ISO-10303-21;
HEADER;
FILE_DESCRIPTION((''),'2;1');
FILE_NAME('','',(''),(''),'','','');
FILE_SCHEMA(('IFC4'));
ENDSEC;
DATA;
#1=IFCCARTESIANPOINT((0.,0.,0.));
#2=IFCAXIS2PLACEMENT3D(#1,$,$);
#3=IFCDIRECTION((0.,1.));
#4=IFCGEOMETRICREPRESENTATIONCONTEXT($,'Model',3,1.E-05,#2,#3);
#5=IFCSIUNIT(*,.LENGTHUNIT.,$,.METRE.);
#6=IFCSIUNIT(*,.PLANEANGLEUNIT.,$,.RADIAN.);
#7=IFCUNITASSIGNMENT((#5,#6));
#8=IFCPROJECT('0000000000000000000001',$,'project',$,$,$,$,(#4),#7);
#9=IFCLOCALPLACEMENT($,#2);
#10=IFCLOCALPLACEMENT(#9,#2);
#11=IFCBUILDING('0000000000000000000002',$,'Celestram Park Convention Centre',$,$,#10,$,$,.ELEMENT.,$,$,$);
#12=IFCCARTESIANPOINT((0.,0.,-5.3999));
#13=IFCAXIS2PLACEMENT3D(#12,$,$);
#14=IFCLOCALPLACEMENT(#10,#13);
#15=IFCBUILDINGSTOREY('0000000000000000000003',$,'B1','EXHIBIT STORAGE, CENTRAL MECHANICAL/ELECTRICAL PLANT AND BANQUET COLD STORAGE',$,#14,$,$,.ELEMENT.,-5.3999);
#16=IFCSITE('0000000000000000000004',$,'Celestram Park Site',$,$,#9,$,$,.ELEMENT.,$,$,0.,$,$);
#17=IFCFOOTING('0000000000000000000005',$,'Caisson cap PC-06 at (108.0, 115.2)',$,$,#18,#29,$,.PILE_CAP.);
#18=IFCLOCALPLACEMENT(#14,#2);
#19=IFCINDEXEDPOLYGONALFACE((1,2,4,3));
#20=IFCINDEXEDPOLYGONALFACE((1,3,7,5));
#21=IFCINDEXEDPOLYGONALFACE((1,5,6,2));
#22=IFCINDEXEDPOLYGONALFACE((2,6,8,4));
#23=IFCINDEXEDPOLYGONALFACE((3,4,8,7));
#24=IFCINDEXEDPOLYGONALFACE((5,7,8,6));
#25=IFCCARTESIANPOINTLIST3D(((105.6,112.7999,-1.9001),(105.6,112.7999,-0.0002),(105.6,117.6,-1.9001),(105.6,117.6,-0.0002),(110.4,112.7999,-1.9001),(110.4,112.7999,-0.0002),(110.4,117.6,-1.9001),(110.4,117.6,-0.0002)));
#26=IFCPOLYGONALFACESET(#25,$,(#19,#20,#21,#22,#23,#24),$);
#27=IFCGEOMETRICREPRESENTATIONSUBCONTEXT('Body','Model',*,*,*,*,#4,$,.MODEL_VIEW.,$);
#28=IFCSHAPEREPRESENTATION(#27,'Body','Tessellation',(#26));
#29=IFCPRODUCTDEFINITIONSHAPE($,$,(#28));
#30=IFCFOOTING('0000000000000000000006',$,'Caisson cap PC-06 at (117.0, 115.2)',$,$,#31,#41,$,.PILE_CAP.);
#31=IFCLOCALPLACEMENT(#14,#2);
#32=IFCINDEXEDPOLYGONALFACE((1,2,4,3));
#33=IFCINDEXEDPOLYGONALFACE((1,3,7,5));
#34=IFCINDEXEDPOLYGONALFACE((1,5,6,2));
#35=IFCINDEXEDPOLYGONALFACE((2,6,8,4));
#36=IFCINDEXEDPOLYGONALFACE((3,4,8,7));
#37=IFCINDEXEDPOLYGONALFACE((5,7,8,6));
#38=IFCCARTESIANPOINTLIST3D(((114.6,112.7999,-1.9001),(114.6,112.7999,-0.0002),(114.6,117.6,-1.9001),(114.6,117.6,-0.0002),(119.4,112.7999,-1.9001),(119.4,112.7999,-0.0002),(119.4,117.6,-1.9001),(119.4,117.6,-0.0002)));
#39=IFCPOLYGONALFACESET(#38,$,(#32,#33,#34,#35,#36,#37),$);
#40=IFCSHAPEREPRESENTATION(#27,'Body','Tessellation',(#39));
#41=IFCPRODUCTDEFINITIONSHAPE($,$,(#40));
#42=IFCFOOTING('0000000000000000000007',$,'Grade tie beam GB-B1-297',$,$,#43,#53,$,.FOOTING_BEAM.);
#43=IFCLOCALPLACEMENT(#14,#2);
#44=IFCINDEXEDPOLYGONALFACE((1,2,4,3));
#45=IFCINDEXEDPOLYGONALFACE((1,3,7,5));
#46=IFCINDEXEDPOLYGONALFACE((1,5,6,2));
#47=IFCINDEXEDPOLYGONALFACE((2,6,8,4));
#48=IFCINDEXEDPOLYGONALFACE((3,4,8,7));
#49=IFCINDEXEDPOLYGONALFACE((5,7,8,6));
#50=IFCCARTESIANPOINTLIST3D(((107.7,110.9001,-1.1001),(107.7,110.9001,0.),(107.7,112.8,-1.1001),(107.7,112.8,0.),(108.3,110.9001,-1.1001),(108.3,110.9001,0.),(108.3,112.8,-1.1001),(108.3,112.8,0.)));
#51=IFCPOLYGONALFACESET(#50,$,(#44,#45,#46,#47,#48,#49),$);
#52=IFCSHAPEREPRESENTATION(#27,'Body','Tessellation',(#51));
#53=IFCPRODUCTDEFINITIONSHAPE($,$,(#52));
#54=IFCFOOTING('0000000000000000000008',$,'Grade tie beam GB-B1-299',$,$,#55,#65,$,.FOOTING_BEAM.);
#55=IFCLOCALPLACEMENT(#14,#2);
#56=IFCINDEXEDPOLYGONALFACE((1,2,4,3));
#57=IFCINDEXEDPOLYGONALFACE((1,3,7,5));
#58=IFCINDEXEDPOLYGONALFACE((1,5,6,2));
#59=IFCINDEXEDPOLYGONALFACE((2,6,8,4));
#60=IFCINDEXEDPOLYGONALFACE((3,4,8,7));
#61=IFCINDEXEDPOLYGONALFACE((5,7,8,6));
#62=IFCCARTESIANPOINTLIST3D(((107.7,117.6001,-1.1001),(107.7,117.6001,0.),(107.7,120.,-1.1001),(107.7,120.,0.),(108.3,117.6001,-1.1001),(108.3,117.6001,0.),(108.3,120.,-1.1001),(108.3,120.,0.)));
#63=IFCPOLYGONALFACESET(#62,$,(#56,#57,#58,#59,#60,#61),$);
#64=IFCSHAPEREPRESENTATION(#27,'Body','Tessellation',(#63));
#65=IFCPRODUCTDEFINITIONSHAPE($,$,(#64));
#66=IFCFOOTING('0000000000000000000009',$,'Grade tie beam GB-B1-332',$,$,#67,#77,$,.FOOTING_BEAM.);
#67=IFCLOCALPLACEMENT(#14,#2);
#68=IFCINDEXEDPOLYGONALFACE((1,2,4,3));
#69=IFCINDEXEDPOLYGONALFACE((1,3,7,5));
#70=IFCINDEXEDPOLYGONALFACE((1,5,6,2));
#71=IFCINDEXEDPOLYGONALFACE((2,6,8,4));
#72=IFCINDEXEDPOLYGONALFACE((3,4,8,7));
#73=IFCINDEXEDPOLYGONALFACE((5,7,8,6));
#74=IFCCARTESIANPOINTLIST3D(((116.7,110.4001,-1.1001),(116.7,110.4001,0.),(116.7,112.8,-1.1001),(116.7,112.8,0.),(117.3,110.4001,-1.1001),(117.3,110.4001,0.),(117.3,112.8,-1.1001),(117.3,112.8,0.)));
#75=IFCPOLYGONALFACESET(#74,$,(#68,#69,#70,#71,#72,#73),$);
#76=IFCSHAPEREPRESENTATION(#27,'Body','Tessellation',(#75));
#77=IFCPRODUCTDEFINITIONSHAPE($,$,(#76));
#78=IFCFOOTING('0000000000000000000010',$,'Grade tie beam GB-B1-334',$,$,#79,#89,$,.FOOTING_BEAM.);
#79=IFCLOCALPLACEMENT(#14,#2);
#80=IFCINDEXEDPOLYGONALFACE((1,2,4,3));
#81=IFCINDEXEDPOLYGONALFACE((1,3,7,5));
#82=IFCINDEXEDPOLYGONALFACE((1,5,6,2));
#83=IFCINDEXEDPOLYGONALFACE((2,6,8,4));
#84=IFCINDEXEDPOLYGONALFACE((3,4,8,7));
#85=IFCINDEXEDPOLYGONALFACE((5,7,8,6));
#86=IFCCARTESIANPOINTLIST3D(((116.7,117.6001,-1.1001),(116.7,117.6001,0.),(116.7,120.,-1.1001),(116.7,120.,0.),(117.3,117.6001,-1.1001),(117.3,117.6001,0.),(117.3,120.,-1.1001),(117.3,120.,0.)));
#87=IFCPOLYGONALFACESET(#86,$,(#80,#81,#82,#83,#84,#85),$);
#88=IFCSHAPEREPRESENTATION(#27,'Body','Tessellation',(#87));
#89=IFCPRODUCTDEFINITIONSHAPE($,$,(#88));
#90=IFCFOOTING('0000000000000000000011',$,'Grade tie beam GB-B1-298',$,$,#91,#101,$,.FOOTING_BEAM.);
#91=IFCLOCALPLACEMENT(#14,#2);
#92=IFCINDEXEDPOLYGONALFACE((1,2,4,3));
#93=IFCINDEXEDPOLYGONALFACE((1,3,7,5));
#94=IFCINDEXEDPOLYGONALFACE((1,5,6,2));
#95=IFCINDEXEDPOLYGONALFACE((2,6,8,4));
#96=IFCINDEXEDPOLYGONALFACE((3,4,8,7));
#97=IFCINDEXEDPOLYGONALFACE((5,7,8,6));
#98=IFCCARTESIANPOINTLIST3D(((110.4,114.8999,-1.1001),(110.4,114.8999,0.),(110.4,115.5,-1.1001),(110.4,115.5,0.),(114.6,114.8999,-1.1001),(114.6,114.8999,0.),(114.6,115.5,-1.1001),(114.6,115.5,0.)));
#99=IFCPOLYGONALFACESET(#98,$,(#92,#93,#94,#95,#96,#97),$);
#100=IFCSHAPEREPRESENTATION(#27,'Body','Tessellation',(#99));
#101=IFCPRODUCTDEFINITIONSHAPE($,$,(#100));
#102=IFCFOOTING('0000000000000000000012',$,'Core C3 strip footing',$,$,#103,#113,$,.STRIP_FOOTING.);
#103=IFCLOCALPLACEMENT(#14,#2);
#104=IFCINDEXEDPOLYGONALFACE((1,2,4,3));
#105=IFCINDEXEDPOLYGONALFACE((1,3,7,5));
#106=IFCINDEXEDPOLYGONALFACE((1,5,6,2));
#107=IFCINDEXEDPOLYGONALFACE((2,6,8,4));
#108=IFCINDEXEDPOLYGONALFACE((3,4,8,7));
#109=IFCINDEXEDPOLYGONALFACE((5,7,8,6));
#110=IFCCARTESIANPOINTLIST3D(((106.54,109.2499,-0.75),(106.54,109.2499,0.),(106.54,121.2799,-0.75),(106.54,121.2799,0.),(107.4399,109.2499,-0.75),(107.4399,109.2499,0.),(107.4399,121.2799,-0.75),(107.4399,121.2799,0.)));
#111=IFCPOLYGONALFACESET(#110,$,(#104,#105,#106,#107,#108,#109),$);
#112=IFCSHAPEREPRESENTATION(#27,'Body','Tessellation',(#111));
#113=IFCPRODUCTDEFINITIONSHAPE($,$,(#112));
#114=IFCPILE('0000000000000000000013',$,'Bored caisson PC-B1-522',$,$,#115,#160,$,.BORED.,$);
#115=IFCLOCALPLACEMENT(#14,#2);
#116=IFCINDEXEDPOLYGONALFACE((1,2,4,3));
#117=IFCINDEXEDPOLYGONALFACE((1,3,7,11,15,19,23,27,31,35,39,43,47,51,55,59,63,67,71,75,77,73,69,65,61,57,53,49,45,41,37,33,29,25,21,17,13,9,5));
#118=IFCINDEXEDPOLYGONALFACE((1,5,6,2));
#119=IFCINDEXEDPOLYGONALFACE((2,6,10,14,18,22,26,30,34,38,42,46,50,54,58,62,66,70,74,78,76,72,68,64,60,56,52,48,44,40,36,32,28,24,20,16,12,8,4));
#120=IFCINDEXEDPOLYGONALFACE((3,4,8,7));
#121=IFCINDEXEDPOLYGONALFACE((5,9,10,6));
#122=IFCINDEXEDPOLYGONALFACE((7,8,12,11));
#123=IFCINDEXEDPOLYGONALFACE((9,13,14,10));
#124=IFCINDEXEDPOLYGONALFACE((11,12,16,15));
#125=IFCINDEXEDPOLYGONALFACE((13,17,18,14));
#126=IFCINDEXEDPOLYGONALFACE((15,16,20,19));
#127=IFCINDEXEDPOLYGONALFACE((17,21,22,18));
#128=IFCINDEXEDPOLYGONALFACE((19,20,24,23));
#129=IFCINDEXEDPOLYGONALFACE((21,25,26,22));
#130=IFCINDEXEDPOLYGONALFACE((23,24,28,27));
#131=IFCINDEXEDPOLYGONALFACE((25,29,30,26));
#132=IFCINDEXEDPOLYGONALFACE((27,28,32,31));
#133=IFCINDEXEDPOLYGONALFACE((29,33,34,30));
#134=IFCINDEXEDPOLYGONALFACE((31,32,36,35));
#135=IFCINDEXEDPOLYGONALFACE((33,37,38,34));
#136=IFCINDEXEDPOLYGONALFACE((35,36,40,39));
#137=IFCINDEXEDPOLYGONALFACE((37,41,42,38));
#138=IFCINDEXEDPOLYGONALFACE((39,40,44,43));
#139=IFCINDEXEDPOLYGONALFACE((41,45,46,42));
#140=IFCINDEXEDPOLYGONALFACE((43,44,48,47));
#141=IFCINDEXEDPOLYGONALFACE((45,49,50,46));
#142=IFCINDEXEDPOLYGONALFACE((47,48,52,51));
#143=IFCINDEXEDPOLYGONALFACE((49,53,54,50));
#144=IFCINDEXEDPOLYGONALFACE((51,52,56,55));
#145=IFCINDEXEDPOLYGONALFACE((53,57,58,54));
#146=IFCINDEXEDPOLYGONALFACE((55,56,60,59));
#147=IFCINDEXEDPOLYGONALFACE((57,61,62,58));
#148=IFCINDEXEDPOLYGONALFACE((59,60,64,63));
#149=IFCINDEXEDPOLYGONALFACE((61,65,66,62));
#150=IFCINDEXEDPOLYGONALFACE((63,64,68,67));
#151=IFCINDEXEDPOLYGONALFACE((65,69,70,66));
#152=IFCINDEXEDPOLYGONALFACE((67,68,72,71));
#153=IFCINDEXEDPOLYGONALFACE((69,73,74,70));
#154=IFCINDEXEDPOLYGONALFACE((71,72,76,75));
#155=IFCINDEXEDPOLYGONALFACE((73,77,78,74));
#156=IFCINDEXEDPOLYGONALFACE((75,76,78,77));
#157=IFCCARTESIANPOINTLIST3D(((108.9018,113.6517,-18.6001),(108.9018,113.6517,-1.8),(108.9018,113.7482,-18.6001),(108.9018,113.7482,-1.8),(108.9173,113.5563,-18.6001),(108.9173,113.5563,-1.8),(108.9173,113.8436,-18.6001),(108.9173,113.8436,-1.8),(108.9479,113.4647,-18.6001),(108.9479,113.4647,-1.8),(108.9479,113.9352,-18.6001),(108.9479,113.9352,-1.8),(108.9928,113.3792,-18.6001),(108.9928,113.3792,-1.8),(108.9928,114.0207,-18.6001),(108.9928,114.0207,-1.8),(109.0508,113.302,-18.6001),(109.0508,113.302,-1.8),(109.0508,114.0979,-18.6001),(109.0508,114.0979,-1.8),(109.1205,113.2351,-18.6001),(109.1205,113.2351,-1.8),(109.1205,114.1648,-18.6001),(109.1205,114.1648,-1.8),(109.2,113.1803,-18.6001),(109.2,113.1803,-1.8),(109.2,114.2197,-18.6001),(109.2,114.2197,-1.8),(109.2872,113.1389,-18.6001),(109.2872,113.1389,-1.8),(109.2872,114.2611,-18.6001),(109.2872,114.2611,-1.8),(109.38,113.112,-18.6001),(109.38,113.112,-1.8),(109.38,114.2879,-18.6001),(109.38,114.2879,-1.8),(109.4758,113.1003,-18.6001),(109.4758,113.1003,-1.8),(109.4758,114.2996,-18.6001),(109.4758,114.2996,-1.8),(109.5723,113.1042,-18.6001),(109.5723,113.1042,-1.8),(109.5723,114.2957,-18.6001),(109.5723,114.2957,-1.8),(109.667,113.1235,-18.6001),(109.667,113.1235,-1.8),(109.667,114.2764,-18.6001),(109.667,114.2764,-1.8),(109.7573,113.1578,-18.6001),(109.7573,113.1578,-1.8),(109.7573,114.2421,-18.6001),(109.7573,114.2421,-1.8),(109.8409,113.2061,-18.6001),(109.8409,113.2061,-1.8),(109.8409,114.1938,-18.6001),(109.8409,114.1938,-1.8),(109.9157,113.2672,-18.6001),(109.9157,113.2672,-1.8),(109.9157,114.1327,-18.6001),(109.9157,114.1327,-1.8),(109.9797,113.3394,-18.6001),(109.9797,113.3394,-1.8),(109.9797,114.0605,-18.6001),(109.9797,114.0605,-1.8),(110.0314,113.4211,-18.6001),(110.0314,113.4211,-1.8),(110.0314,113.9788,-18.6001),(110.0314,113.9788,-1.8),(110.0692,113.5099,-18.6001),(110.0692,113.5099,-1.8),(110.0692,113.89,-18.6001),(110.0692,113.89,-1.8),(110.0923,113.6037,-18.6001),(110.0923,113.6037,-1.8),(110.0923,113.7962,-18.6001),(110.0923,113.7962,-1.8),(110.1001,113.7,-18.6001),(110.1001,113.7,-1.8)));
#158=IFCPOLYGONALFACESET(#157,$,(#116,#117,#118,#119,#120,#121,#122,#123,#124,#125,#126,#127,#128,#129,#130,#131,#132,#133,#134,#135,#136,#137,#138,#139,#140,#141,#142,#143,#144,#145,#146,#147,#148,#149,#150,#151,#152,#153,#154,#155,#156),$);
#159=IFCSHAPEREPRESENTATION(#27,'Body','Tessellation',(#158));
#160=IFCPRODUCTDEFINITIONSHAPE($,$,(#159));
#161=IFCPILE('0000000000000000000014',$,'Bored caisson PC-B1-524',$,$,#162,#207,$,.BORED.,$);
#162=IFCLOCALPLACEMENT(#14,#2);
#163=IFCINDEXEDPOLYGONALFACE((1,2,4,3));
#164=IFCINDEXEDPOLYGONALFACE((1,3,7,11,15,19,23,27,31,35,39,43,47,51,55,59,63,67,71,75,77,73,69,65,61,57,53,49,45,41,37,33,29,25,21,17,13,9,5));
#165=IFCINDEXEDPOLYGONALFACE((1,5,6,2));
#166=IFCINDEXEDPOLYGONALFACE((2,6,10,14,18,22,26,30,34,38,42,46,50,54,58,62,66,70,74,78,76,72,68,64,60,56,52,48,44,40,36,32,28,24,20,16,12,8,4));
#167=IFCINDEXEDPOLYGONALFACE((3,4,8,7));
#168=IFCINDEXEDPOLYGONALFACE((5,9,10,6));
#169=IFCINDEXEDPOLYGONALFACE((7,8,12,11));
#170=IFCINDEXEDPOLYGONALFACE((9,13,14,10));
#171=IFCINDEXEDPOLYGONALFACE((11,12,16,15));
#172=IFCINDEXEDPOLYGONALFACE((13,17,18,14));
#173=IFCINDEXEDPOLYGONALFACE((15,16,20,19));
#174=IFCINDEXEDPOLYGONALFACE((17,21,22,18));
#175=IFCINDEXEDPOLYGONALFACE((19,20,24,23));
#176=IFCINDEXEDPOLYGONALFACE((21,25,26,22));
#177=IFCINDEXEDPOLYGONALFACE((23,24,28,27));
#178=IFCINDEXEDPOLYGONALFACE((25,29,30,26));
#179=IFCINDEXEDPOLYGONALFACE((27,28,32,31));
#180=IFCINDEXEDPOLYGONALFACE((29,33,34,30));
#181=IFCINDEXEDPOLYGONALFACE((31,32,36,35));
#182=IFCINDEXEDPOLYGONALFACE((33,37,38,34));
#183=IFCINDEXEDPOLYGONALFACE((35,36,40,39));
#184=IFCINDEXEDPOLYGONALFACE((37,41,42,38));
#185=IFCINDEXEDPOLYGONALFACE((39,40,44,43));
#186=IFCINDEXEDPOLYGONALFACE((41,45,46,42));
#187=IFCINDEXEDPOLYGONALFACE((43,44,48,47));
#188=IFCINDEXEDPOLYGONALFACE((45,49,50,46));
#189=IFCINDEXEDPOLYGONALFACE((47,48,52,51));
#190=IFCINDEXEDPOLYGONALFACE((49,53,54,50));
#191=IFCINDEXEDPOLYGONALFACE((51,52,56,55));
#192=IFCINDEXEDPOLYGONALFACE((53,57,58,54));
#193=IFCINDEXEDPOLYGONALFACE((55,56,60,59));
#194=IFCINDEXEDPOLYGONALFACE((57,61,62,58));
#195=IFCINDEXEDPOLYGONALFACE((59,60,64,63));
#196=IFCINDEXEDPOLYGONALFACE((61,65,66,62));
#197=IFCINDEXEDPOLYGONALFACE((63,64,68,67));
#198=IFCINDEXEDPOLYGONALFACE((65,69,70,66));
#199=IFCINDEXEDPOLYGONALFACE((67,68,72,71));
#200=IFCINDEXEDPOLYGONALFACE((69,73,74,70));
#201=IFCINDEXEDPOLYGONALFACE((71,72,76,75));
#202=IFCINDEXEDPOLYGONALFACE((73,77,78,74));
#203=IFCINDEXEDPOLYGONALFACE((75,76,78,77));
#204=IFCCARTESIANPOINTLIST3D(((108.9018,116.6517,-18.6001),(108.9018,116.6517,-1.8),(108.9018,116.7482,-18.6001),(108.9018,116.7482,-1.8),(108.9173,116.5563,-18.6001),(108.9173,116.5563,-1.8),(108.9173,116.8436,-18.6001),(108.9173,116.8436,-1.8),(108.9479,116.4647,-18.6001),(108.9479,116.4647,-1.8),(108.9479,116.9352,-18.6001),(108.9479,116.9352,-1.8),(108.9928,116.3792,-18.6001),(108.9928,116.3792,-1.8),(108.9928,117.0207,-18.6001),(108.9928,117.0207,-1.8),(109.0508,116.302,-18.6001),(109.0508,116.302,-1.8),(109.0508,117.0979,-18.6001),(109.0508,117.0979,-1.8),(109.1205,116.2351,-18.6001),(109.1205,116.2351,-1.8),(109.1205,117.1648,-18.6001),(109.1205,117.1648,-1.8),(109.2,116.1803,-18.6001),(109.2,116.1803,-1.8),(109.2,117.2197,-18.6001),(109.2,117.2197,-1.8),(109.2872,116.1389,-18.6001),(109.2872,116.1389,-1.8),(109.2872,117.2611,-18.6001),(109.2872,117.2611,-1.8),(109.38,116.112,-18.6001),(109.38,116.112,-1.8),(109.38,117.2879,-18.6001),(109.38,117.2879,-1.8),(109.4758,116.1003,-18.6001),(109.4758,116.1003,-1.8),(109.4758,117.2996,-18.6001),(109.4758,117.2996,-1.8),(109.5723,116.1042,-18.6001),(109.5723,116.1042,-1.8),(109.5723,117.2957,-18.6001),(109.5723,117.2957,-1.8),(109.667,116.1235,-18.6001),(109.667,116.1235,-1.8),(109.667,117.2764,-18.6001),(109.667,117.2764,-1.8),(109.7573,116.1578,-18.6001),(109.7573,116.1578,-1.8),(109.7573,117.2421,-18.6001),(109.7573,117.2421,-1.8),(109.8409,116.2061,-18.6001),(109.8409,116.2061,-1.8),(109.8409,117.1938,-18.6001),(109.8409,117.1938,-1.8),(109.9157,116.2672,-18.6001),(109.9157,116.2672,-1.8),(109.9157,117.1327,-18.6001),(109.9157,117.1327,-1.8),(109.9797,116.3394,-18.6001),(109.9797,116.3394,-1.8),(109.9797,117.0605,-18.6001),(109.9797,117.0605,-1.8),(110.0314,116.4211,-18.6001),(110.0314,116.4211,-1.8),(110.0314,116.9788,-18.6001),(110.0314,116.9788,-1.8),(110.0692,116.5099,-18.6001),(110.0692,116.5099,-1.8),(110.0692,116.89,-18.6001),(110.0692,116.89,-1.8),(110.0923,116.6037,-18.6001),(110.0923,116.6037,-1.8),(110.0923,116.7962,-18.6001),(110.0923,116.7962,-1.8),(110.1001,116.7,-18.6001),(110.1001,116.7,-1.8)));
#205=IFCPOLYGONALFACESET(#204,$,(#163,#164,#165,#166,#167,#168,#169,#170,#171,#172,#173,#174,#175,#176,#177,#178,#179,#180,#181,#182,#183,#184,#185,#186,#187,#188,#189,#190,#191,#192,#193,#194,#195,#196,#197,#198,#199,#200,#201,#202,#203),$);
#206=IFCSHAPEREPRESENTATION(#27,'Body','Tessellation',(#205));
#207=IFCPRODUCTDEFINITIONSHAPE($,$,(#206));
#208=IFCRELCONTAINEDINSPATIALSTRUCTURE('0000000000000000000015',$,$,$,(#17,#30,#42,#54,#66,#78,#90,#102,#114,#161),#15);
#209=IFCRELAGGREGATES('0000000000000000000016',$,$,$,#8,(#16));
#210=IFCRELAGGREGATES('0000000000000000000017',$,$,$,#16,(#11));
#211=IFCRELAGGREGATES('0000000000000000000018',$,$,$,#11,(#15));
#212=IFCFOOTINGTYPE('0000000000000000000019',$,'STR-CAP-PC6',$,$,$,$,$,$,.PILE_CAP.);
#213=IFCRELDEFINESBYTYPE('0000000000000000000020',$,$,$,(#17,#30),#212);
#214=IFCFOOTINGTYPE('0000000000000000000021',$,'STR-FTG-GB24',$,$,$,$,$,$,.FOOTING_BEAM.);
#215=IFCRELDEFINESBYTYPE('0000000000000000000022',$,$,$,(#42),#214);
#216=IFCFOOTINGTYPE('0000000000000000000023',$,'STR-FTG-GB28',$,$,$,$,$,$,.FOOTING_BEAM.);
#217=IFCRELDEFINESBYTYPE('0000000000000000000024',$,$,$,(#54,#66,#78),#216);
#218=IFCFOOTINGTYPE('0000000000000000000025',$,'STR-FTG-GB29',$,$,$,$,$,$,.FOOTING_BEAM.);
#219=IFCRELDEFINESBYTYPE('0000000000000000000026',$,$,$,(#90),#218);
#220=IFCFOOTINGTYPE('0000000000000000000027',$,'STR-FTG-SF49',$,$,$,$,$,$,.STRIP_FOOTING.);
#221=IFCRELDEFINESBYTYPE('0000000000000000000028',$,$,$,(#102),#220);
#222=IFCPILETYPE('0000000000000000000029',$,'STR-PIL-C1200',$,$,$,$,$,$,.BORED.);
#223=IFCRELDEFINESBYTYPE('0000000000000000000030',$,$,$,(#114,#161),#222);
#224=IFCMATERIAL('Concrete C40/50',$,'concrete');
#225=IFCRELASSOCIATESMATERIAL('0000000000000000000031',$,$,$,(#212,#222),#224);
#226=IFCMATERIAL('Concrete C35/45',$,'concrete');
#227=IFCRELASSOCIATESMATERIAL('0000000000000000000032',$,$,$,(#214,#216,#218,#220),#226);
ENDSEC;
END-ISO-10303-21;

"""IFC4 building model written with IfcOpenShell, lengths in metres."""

from ifc_helpers import new_model, si_unit, direction, frame, origin, origin_2d, place, context, subcontext, project, spatial, rectangle, circle, extrude, material, material_profile, profile_set, type_object, element, save


model = new_model("IFC4")

# Units and contexts
model_context = context("Model", 3, precision=1e-05, world=origin(), true_north=direction((0.0, 1.0)))
body_context = subcontext(model_context, "Body", "Model", "MODEL_VIEW")
ifc_project = project(units=[si_unit("LENGTHUNIT", "METRE"), si_unit("PLANEANGLEUNIT", "RADIAN")], contexts=[model_context])

# Site, building, storey
site_placement = place(None, origin())
site = spatial("IfcSite", under=ifc_project, at=site_placement, Name="Celestram Park Site", CompositionType="ELEMENT", RefElevation=0.0)
building_placement = place(site_placement, origin())
building = spatial("IfcBuilding", under=site, at=building_placement, Name="Celestram Park Convention Centre", CompositionType="ELEMENT")
storey_placement = place(building_placement, frame((0.0, 0.0, -5.3999)))
storey = spatial("IfcBuildingStorey", under=building, at=storey_placement, Name="B1", Description="EXHIBIT STORAGE, CENTRAL MECHANICAL/ELECTRICAL PLANT AND BANQUET COLD STORAGE", CompositionType="ELEMENT", Elevation=-5.3999)

# Footings
ifc_material_1 = material(Name="Concrete C40/50", Category="concrete")
footing_type_1 = type_object("IfcFootingType", Name="STR-CAP-PC6", PredefinedType="PILE_CAP", material=ifc_material_1)
for number, where, z_axis, x_axis, name in (
    (1, (108.0, 115.2, -1.9001), (0.0, 0.0, 1.0), (1.0, 0.0, 0.0), "Caisson cap PC-06 at (108.0, 115.2)"),
    (2, (117.0, 115.2, -1.9001), (0.0, 0.0, 1.0), (1.0, 0.0, 0.0), "Caisson cap PC-06 at (117.0, 115.2)"),
):
    element("IfcFooting", number, at=place(storey_placement, frame(where, z_axis=z_axis, x_axis=x_axis)), inside=storey, type_object=footing_type_1, Name=name, PredefinedType="PILE_CAP", context=body_context, shape_type="SweptSolid", body=[
        extrude(rectangle(XDim=4.8, YDim=4.8, at=origin_2d()), origin(), (0.0, 0.0, 1.0), 1.8999),
    ])
ifc_material_2 = material(Name="Concrete C35/45", Category="concrete")
footing_type_2 = type_object("IfcFootingType", Name="STR-FTG-GB24", PredefinedType="FOOTING_BEAM", material=ifc_material_2)
footing_1_placement = place(storey_placement, frame((108.0, 111.8501, -1.1001), z_axis=(0.0, 0.0, 1.0), x_axis=(0.0, 1.0, 0.0)))
element("IfcFooting", 3, at=footing_1_placement, inside=storey, type_object=footing_type_2, Name="Grade tie beam GB-B1-297", PredefinedType="FOOTING_BEAM", context=body_context, shape_type="SweptSolid", body=[
    extrude(rectangle(XDim=1.8999, YDim=0.6001, at=origin_2d()), origin(), (0.0, 0.0, 1.0), 1.1001),
])
footing_type_3 = type_object("IfcFootingType", Name="STR-FTG-GB28", PredefinedType="FOOTING_BEAM", material=ifc_material_2)
for number, where, z_axis, x_axis, name in (
    (4, (108.0, 118.8, -1.1001), (0.0, 0.0, 1.0), (0.0, 1.0, 0.0), "Grade tie beam GB-B1-299"),
    (5, (117.0, 111.6001, -1.1001), (0.0, 0.0, 1.0), (0.0, 1.0, 0.0), "Grade tie beam GB-B1-332"),
    (6, (117.0, 118.8, -1.1001), (0.0, 0.0, 1.0), (0.0, 1.0, 0.0), "Grade tie beam GB-B1-334"),
):
    element("IfcFooting", number, at=place(storey_placement, frame(where, z_axis=z_axis, x_axis=x_axis)), inside=storey, type_object=footing_type_3, Name=name, PredefinedType="FOOTING_BEAM", context=body_context, shape_type="SweptSolid", body=[
        extrude(rectangle(XDim=2.3999, YDim=0.6001, at=origin_2d()), origin(), (0.0, 0.0, 1.0), 1.1001),
    ])
footing_type_4 = type_object("IfcFootingType", Name="STR-FTG-GB29", PredefinedType="FOOTING_BEAM", material=ifc_material_2)
footing_2_placement = place(storey_placement, frame((112.5, 115.2, -1.1001), z_axis=(0.0, 0.0, 1.0), x_axis=(1.0, 0.0, 0.0)))
element("IfcFooting", 7, at=footing_2_placement, inside=storey, type_object=footing_type_4, Name="Grade tie beam GB-B1-298", PredefinedType="FOOTING_BEAM", context=body_context, shape_type="SweptSolid", body=[
    extrude(rectangle(XDim=4.2, YDim=0.6001, at=origin_2d()), origin(), (0.0, 0.0, 1.0), 1.1001),
])
footing_type_5 = type_object("IfcFootingType", Name="STR-FTG-SF49", PredefinedType="STRIP_FOOTING", material=ifc_material_2)
footing_3_placement = place(storey_placement, frame((106.99, 115.2649, -0.75), z_axis=(0.0, 0.0, 1.0), x_axis=(0.0, 1.0, 0.0)))
element("IfcFooting", 8, at=footing_3_placement, inside=storey, type_object=footing_type_5, Name="Core C3 strip footing", PredefinedType="STRIP_FOOTING", context=body_context, shape_type="SweptSolid", body=[
    extrude(rectangle(XDim=12.03, YDim=0.8999, at=origin_2d()), origin(), (0.0, 0.0, 1.0), 0.75),
])

# Piles
ifc_material_profile_1 = material_profile(ifc_material_1, circle(Radius=0.6001, at=origin_2d()), Name="CAISSON1200")
ifc_profile_set_1 = profile_set([ifc_material_profile_1], Name="Concrete C40/50")
pile_type_1 = type_object("IfcPileType", Name="STR-PIL-C1200", PredefinedType="BORED", material=ifc_profile_set_1)
for number, where, z_axis, x_axis, name in (
    (9, (109.5, 113.7, -1.8), (0.0, 0.0, -1.0), (1.0, 0.0, 0.0), "Bored caisson PC-B1-522"),
    (10, (109.5, 116.7, -1.8), (0.0, 0.0, -1.0), (1.0, 0.0, 0.0), "Bored caisson PC-B1-524"),
):
    element("IfcPile", number, at=place(storey_placement, frame(where, z_axis=z_axis, x_axis=x_axis)), inside=storey, type_object=pile_type_1, Name=name, PredefinedType="BORED", context=body_context, shape_type="SweptSolid", body=[
        extrude(circle(Radius=0.6001, at=origin_2d()), origin(), (0.0, 0.0, 1.0), 16.8),
    ])

save(model, "model.ifc")
